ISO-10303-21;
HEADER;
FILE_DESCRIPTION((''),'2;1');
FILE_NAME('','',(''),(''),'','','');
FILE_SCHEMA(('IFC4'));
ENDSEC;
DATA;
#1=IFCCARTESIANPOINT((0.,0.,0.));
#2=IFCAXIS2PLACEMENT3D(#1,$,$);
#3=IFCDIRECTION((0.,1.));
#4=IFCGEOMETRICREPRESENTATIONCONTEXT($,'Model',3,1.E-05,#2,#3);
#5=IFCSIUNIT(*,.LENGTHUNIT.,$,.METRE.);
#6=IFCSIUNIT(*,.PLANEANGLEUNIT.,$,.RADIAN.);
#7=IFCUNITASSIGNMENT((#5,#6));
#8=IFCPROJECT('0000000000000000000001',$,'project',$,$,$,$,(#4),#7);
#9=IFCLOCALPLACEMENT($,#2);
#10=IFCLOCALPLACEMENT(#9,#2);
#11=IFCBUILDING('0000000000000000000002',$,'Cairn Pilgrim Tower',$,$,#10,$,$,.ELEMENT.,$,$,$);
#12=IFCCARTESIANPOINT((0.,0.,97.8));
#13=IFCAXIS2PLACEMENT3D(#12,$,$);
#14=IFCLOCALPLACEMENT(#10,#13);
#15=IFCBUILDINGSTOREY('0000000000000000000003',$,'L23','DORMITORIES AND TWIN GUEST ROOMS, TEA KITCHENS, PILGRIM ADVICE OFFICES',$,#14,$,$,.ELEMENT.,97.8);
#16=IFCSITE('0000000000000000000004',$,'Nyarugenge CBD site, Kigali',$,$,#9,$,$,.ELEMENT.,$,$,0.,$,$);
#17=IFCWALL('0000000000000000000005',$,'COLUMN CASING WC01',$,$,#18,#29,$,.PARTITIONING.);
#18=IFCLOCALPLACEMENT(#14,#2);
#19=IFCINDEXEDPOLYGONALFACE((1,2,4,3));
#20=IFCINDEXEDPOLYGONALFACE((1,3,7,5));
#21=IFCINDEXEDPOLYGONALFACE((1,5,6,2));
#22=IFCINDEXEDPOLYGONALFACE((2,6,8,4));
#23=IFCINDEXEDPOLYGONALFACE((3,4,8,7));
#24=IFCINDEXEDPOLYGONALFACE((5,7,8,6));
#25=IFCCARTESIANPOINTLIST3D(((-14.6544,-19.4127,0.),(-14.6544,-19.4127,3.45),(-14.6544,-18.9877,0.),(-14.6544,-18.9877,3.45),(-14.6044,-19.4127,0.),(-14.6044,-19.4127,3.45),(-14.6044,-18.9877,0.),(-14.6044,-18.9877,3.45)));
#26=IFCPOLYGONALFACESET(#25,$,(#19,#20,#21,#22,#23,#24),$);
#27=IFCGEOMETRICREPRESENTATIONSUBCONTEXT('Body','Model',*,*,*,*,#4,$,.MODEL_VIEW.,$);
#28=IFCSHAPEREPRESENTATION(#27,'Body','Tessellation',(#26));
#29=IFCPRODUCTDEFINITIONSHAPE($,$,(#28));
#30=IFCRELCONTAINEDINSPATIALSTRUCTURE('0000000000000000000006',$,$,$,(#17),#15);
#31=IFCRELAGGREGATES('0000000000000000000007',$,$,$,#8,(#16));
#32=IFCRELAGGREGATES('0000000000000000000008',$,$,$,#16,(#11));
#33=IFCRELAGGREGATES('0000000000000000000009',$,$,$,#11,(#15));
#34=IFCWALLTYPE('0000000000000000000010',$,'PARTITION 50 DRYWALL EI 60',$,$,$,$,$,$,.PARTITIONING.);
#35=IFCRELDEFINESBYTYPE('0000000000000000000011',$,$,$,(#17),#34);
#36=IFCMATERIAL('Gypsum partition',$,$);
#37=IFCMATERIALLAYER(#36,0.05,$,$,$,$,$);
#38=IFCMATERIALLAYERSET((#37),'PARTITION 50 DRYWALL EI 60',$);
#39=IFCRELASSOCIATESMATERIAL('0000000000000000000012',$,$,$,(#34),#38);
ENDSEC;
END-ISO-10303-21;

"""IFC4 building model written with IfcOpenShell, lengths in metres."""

from ifc_helpers import new_model, si_unit, direction, frame, frame_2d, origin, place, context, subcontext, project, spatial, rectangle, extrude, material, layer, layer_set, type_object, element, save


model = new_model("IFC4")

# Units and contexts
model_context = context("Model", 3, precision=1e-05, world=origin(), true_north=direction((0.0, 1.0)))
body_context = subcontext(model_context, "Body", "Model", "MODEL_VIEW")
ifc_project = project(units=[si_unit("LENGTHUNIT", "METRE"), si_unit("PLANEANGLEUNIT", "RADIAN")], contexts=[model_context])

# Site, building, storey
site_placement = place(None, origin())
site = spatial("IfcSite", under=ifc_project, at=site_placement, Name="Nyarugenge CBD site, Kigali", CompositionType="ELEMENT", RefElevation=0.0)
building_placement = place(site_placement, origin())
building = spatial("IfcBuilding", under=site, at=building_placement, Name="Cairn Pilgrim Tower", CompositionType="ELEMENT")
storey_placement = place(building_placement, frame((0.0, 0.0, 97.8)))
storey = spatial("IfcBuildingStorey", under=building, at=storey_placement, Name="L23", Description="DORMITORIES AND TWIN GUEST ROOMS, TEA KITCHENS, PILGRIM ADVICE OFFICES", CompositionType="ELEMENT", Elevation=97.8)

# Shared definitions
ifc_material_1 = material(Name="Gypsum partition")

# Wall
ifc_layer_1 = layer(ifc_material_1, 0.05)
ifc_layer_set_1 = layer_set([ifc_layer_1], Name="PARTITION 50 DRYWALL EI 60")
wall_type_1 = type_object("IfcWallType", Name="PARTITION 50 DRYWALL EI 60", PredefinedType="PARTITIONING", material=ifc_layer_set_1)
wall_1_placement = place(storey_placement, frame((-14.6294, -19.4126, 0.0), z_axis=(0.0, 0.0, 1.0), x_axis=(0.0, 1.0, 0.0)))
element("IfcWall", 1, at=wall_1_placement, inside=storey, type_object=wall_type_1, Name="COLUMN CASING WC01", PredefinedType="PARTITIONING", context=body_context, shape_type="SweptSolid", body=[
    extrude(rectangle(XDim=0.425, YDim=0.05, at=frame_2d((0.2124, 0.0))), origin(), (0.0, 0.0, 1.0), 3.45),
])

save(model, "model.ifc")
